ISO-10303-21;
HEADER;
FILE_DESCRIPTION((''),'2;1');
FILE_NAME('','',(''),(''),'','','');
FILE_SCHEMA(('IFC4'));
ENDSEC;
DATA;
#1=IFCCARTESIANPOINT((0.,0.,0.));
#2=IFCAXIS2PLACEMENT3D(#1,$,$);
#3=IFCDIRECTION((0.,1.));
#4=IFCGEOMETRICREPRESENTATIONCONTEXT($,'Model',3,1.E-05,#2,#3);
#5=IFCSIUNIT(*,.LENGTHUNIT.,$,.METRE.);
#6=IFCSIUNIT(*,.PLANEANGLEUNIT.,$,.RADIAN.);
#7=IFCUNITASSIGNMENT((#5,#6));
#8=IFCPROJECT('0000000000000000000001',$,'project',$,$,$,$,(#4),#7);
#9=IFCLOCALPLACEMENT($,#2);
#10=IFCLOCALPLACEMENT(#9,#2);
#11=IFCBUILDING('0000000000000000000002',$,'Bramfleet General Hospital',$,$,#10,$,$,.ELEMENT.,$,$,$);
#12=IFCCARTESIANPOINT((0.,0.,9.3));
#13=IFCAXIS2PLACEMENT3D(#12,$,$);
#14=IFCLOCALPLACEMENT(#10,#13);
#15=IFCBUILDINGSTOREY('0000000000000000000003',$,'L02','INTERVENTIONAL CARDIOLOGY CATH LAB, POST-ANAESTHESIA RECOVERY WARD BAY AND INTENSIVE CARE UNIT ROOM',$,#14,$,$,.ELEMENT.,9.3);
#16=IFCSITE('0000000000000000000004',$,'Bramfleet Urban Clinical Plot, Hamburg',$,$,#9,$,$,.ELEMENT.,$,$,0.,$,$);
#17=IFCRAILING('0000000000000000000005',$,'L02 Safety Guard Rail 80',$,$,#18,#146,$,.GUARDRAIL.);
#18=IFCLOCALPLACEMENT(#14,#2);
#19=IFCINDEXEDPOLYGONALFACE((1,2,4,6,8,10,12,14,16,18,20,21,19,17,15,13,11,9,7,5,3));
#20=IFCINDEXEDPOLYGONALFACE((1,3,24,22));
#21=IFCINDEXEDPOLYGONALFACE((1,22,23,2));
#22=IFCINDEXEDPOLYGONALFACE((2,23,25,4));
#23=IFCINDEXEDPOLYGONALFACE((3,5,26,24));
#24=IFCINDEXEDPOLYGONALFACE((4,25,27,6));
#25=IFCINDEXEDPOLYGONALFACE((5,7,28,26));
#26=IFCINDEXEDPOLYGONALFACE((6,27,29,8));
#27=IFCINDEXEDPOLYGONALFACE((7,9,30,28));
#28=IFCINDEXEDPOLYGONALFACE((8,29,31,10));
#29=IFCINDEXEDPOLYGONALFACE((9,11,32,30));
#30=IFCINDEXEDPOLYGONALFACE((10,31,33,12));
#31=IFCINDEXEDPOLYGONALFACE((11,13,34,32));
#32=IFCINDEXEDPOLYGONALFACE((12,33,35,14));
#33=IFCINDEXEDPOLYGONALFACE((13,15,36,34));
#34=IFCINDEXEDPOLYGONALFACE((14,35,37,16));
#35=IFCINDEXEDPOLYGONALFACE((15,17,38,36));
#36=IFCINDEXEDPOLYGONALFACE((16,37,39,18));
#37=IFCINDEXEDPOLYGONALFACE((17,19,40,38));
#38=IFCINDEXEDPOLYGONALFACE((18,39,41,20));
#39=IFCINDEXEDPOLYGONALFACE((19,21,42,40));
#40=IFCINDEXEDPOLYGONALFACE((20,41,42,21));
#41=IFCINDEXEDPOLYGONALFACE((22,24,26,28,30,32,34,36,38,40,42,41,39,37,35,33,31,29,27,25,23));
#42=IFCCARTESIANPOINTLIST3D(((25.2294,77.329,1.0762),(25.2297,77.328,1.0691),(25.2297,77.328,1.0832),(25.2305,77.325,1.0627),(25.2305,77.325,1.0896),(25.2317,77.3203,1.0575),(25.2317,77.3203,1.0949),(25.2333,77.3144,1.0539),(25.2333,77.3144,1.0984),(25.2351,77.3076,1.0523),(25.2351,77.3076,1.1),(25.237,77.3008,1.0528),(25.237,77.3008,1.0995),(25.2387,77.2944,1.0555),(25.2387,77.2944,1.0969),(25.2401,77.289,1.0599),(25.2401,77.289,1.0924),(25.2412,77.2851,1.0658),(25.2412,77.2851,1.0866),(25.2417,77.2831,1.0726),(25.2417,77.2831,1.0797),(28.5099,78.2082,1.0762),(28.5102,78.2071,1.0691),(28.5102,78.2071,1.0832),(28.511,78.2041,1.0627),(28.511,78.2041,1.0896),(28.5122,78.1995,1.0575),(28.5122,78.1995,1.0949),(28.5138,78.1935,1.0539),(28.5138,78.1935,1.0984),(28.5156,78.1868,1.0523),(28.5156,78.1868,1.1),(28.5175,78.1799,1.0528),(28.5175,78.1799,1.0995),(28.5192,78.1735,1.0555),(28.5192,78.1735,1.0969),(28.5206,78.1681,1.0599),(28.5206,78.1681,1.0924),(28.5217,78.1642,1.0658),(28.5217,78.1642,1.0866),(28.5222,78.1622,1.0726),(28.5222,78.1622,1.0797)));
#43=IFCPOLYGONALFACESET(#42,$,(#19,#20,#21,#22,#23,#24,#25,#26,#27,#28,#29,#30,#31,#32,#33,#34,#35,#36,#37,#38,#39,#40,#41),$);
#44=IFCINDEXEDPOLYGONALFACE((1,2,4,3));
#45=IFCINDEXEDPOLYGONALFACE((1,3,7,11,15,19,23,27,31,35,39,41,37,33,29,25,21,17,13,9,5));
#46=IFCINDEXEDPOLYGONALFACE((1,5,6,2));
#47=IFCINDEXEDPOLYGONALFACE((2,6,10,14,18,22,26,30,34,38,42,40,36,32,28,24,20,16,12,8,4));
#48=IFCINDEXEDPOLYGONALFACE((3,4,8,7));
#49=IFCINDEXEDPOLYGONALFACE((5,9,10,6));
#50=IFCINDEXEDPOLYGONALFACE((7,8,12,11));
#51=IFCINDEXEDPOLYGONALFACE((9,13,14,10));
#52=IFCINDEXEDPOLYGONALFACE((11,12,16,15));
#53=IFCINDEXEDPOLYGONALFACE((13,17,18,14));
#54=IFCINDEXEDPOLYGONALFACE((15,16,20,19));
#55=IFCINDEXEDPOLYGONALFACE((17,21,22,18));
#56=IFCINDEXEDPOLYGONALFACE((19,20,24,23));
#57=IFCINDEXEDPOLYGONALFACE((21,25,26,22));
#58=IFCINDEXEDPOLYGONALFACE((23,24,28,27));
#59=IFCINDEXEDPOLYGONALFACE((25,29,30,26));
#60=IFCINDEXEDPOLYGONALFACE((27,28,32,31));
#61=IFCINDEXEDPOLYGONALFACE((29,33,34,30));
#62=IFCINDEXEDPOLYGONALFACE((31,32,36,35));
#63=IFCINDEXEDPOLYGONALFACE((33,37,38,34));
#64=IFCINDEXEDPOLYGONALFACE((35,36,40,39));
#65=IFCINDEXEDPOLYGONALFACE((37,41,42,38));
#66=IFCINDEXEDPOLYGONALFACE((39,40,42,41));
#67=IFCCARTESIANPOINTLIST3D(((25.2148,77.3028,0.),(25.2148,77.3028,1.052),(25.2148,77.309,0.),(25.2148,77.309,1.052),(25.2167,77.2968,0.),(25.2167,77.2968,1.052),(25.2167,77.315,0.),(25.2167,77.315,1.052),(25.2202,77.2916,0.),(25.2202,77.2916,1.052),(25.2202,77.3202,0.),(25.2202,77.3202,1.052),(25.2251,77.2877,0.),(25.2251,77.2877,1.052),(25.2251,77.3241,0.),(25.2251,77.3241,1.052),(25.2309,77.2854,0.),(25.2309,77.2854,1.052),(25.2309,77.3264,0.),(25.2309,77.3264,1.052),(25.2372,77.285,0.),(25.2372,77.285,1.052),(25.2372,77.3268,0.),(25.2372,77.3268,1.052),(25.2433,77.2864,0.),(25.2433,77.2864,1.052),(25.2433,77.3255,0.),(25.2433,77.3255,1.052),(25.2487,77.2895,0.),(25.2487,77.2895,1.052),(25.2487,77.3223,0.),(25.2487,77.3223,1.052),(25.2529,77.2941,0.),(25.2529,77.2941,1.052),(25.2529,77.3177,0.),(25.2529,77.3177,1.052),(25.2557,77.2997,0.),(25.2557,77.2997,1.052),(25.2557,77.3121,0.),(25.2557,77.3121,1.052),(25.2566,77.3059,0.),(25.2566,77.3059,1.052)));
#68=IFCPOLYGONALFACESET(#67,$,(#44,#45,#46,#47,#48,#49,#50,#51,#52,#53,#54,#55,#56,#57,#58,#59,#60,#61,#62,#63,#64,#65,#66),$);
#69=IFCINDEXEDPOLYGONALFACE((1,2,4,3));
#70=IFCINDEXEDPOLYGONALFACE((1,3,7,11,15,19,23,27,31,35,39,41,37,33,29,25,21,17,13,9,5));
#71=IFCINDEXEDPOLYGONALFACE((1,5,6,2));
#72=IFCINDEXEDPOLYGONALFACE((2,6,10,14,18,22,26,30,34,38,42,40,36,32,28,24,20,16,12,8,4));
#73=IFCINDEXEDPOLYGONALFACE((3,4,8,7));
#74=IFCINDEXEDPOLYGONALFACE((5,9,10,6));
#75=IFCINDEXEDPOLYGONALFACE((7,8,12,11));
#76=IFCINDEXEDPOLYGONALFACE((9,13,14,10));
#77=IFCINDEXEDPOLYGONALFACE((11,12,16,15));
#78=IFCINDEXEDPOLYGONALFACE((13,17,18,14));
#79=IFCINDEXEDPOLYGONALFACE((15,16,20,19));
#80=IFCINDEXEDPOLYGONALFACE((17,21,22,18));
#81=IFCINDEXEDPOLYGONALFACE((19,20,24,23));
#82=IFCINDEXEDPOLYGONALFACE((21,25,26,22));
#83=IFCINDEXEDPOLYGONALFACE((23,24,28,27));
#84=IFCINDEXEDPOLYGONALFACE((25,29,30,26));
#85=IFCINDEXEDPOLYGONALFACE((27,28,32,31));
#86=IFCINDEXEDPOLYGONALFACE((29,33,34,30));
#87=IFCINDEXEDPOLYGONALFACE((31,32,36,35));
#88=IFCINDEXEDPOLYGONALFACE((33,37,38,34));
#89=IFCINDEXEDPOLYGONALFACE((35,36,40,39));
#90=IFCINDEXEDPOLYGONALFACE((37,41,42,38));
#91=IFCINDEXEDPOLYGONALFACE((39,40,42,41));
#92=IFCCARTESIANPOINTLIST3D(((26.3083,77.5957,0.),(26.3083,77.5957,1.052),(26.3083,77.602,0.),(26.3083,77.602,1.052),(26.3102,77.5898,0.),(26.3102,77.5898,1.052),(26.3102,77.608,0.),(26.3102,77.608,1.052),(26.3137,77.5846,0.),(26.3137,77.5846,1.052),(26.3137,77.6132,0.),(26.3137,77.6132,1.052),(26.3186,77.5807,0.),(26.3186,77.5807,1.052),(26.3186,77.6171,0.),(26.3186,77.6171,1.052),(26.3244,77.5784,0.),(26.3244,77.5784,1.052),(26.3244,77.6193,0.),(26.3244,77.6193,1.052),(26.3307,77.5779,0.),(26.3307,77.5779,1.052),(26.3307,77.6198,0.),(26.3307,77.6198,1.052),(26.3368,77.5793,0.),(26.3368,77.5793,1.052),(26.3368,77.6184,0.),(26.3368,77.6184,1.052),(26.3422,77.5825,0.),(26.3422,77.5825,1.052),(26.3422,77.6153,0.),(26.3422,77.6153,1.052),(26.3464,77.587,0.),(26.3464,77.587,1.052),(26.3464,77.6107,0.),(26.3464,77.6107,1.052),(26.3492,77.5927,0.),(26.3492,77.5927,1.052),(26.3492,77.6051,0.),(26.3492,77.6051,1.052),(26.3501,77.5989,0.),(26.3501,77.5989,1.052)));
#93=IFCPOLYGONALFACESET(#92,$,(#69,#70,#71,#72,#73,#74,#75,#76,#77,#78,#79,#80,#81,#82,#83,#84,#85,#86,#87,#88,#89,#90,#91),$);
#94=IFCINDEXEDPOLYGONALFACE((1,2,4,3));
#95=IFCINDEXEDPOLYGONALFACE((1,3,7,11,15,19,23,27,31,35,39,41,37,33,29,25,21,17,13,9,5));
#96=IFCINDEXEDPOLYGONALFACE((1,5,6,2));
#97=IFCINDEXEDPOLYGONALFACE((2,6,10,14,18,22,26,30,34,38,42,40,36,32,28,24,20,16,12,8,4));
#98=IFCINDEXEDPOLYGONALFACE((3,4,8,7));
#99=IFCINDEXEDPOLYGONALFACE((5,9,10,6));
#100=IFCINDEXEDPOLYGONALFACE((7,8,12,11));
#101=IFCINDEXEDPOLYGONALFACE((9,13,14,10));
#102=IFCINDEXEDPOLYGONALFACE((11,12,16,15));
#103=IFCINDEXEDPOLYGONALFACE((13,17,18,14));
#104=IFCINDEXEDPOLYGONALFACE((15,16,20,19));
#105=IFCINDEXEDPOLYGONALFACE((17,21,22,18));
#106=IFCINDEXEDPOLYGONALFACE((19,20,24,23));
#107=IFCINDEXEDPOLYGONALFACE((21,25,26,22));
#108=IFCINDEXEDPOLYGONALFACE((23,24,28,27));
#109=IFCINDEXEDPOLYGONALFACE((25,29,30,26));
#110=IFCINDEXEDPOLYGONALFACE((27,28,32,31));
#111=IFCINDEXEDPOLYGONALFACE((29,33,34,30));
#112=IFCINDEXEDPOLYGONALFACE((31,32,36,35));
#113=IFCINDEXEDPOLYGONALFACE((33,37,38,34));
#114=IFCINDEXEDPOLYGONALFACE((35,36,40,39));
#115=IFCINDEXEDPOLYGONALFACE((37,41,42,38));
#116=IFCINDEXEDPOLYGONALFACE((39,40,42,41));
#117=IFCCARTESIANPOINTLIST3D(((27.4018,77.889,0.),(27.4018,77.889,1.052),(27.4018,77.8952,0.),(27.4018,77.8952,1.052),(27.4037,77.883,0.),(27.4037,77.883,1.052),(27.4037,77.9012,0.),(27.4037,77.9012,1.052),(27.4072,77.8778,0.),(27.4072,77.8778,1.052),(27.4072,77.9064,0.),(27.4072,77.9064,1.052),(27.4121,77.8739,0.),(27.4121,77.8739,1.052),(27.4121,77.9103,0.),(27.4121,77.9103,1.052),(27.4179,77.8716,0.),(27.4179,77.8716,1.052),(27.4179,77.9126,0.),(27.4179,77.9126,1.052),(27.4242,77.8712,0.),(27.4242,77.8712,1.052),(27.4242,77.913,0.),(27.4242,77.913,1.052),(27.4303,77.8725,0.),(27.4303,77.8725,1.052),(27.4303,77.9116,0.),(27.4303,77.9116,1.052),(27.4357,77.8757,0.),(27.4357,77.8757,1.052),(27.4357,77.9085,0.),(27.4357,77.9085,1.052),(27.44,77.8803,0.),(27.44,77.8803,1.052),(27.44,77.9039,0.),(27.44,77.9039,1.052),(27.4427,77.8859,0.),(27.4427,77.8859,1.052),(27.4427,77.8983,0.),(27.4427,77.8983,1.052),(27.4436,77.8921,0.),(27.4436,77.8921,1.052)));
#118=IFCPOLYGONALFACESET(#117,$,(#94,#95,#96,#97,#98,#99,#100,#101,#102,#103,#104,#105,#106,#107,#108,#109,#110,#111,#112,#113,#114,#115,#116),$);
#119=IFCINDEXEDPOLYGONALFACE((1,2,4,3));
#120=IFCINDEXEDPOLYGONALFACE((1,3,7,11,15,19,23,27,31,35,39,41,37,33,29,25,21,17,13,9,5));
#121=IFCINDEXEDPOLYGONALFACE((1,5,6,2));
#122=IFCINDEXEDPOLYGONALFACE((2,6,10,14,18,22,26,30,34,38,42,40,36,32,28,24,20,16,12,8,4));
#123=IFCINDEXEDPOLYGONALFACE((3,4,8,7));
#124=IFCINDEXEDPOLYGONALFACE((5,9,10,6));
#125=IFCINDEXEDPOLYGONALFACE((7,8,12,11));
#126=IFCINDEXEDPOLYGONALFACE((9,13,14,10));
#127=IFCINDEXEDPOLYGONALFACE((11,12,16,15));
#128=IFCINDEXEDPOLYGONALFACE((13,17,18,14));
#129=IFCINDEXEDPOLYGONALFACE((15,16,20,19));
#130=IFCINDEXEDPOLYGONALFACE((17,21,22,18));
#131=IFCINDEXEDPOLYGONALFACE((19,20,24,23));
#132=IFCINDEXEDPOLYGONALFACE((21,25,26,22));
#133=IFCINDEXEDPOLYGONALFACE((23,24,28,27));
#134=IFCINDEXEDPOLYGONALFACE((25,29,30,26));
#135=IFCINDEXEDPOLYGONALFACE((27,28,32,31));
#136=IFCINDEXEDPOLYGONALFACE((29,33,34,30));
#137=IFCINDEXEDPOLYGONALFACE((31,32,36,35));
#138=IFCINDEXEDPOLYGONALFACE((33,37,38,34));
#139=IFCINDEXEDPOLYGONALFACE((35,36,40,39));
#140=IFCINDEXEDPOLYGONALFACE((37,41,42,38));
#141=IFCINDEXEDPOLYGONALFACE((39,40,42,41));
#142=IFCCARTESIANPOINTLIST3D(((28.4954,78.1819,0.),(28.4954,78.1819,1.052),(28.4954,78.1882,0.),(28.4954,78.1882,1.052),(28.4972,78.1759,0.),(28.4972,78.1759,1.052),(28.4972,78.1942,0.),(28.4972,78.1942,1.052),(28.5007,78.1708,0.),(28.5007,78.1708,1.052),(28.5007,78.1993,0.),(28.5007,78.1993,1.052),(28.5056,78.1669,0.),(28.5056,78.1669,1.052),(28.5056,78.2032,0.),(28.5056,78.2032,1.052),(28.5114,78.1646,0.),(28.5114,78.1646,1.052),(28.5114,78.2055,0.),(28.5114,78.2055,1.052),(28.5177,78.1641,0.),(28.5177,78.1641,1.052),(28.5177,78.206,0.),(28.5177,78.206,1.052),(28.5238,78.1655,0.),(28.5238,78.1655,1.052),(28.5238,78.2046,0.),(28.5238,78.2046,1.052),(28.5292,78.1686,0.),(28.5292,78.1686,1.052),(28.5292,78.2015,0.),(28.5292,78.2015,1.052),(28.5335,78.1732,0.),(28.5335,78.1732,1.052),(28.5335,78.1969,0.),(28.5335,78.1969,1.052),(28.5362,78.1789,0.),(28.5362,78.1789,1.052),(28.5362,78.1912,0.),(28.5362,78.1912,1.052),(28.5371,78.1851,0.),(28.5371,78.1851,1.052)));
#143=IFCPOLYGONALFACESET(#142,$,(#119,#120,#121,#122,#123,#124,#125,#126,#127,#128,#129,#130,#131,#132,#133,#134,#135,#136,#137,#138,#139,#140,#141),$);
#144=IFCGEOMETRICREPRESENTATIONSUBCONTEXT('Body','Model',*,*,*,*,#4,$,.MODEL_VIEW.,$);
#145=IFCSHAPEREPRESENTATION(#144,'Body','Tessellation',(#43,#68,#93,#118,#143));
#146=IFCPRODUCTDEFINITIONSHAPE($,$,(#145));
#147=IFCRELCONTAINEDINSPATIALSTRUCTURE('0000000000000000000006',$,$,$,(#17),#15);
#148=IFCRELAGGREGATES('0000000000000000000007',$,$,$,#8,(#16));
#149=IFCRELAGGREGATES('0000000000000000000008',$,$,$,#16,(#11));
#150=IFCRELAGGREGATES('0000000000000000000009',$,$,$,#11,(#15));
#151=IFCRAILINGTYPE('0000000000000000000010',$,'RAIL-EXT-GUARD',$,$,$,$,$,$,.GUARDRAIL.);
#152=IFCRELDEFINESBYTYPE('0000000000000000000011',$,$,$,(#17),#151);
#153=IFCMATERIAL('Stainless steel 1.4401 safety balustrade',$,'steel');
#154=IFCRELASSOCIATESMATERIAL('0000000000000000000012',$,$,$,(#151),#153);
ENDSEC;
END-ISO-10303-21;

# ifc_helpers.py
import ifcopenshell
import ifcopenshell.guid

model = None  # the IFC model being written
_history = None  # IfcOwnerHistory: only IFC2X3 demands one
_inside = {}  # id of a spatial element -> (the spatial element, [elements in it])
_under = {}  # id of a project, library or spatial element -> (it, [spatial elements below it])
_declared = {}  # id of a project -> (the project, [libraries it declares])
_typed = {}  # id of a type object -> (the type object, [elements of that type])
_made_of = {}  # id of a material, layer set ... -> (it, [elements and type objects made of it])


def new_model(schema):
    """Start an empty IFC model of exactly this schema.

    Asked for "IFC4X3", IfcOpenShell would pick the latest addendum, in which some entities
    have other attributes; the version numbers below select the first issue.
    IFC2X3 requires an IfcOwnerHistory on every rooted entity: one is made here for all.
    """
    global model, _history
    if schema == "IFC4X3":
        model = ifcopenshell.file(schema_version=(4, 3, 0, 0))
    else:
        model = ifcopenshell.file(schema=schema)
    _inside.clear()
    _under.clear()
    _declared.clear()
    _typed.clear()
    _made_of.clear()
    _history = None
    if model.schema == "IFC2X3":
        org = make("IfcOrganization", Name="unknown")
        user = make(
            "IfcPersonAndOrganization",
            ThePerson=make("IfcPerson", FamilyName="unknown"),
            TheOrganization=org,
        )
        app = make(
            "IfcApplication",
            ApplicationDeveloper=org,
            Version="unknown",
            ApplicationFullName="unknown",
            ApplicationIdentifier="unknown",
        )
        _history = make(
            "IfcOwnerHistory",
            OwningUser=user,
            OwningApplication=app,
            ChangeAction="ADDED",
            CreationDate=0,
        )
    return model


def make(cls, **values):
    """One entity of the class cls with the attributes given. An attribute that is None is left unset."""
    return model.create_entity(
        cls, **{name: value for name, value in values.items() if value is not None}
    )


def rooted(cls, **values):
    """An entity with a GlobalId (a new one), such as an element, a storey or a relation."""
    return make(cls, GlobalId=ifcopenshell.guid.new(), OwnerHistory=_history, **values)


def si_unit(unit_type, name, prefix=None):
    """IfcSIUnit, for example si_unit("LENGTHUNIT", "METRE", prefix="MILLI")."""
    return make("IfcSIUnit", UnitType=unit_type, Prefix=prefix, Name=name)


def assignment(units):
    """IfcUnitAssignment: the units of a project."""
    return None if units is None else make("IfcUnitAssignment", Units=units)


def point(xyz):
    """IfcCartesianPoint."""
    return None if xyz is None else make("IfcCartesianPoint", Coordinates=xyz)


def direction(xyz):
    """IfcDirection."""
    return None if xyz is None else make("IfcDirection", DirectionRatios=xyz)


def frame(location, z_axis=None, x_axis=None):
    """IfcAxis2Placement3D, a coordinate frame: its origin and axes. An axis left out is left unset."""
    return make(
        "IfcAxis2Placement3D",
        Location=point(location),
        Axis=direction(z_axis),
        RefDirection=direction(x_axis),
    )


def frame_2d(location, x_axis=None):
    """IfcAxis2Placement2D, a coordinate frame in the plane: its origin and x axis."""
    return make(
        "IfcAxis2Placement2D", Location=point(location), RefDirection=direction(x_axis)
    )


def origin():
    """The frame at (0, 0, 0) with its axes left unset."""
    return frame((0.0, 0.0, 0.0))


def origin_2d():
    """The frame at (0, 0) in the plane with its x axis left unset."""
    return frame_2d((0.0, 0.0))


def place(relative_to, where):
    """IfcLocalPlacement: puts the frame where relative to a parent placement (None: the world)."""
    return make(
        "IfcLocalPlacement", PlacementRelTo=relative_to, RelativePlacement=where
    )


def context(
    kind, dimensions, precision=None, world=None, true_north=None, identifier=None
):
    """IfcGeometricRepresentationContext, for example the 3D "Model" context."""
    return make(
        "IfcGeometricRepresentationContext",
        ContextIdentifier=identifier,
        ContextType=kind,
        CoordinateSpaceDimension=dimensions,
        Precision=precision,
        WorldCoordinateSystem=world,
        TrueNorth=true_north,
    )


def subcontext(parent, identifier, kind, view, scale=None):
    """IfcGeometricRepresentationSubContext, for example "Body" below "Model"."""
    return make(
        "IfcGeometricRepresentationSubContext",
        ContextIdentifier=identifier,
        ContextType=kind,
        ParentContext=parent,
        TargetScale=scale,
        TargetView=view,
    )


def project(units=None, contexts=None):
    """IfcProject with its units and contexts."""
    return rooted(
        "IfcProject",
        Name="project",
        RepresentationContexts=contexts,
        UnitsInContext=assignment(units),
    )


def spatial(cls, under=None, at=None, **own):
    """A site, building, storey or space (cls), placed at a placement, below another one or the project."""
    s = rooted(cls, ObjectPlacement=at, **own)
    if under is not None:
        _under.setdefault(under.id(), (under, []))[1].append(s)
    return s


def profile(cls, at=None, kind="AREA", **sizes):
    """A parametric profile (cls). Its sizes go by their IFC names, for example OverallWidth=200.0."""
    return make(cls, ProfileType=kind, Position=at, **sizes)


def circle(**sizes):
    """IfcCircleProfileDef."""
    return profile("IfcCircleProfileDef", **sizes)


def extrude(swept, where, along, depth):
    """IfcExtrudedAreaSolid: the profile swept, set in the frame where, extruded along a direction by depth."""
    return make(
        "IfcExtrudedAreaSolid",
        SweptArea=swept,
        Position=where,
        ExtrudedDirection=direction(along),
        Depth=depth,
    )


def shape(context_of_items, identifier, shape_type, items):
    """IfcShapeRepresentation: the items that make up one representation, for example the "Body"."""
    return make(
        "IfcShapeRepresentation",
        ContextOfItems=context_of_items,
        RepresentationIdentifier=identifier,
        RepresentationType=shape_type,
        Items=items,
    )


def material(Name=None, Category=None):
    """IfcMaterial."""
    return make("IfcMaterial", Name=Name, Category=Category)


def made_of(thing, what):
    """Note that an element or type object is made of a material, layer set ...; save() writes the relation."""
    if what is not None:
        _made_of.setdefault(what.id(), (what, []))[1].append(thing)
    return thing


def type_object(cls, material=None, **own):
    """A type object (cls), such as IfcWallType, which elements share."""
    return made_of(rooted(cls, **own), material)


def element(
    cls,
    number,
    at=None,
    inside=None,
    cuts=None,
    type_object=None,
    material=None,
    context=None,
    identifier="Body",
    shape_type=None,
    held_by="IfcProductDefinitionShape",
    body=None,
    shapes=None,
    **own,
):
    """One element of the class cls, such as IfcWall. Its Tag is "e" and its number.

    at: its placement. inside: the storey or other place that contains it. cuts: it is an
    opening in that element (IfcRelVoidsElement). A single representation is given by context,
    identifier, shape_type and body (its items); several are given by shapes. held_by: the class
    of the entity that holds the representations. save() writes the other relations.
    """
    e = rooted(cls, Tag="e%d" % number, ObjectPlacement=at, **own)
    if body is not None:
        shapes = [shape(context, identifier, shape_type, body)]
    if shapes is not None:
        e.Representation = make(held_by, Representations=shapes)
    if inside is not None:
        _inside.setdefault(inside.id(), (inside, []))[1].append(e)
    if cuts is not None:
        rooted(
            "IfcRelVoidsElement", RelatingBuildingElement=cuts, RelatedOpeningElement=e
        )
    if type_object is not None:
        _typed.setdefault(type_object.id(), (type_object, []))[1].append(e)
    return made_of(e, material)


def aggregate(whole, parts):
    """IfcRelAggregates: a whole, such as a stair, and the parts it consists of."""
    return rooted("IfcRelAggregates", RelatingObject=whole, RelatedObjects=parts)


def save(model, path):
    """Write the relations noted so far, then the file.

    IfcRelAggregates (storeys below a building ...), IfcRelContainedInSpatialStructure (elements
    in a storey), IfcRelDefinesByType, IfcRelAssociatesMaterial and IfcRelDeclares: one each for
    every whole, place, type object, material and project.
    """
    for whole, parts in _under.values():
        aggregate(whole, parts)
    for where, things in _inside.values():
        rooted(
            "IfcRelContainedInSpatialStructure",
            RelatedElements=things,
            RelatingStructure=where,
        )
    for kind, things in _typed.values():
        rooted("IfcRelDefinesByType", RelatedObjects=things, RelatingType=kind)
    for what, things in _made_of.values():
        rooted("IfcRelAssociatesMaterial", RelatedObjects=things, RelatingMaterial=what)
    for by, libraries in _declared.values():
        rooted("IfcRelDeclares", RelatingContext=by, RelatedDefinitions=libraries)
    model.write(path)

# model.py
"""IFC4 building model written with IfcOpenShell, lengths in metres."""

from ifc_helpers import new_model, si_unit, direction, frame, origin, origin_2d, place, context, subcontext, project, spatial, circle, extrude, material, type_object, element, save


model = new_model("IFC4")

# Units and contexts
model_context = context("Model", 3, precision=1e-05, world=origin(), true_north=direction((0.0, 1.0)))
body_context = subcontext(model_context, "Body", "Model", "MODEL_VIEW")
ifc_project = project(units=[si_unit("LENGTHUNIT", "METRE"), si_unit("PLANEANGLEUNIT", "RADIAN")], contexts=[model_context])

# Site, building, storey
site_placement = place(None, origin())
site = spatial("IfcSite", under=ifc_project, at=site_placement, Name="Bramfleet Urban Clinical Plot, Hamburg", CompositionType="ELEMENT", RefElevation=0.0)
building_placement = place(site_placement, origin())
building = spatial("IfcBuilding", under=site, at=building_placement, Name="Bramfleet General Hospital", CompositionType="ELEMENT")
storey_placement = place(building_placement, frame((0.0, 0.0, 9.3)))
storey = spatial("IfcBuildingStorey", under=building, at=storey_placement, Name="L02", Description="INTERVENTIONAL CARDIOLOGY CATH LAB, POST-ANAESTHESIA RECOVERY WARD BAY AND INTENSIVE CARE UNIT ROOM", CompositionType="ELEMENT", Elevation=9.3)

# Railing
ifc_material_1 = material(Name="Stainless steel 1.4401 safety balustrade", Category="steel")
railing_type = type_object("IfcRailingType", Name="RAIL-EXT-GUARD", PredefinedType="GUARDRAIL", material=ifc_material_1)
railing_1_placement = place(storey_placement, frame((25.2356, 77.3059, 0.0)))
element("IfcRailing", 1, at=railing_1_placement, inside=storey, type_object=railing_type, Name="L02 Safety Guard Rail 80", PredefinedType="GUARDRAIL", context=body_context, shape_type="SweptSolid", body=[
    extrude(circle(Radius=0.0239, at=origin_2d()), frame((0.0, 0.0, 1.0762), z_axis=(0.965916, 0.258857, 0.0), x_axis=(-0.258857, 0.965916, 0.0)), (0.0, 0.0, 1.0), 3.3962),
    extrude(circle(Radius=0.021, at=origin_2d()), origin(), (0.0, 0.0, 1.0), 1.052),
    extrude(circle(Radius=0.021, at=origin_2d()), frame((1.0935, 0.293, 0.0)), (0.0, 0.0, 1.0), 1.052),
    extrude(circle(Radius=0.021, at=origin_2d()), frame((2.187, 0.5862, 0.0)), (0.0, 0.0, 1.0), 1.052),
    extrude(circle(Radius=0.021, at=origin_2d()), frame((3.2805, 0.8792, 0.0)), (0.0, 0.0, 1.0), 1.052),
])

save(model, "model.ifc")
